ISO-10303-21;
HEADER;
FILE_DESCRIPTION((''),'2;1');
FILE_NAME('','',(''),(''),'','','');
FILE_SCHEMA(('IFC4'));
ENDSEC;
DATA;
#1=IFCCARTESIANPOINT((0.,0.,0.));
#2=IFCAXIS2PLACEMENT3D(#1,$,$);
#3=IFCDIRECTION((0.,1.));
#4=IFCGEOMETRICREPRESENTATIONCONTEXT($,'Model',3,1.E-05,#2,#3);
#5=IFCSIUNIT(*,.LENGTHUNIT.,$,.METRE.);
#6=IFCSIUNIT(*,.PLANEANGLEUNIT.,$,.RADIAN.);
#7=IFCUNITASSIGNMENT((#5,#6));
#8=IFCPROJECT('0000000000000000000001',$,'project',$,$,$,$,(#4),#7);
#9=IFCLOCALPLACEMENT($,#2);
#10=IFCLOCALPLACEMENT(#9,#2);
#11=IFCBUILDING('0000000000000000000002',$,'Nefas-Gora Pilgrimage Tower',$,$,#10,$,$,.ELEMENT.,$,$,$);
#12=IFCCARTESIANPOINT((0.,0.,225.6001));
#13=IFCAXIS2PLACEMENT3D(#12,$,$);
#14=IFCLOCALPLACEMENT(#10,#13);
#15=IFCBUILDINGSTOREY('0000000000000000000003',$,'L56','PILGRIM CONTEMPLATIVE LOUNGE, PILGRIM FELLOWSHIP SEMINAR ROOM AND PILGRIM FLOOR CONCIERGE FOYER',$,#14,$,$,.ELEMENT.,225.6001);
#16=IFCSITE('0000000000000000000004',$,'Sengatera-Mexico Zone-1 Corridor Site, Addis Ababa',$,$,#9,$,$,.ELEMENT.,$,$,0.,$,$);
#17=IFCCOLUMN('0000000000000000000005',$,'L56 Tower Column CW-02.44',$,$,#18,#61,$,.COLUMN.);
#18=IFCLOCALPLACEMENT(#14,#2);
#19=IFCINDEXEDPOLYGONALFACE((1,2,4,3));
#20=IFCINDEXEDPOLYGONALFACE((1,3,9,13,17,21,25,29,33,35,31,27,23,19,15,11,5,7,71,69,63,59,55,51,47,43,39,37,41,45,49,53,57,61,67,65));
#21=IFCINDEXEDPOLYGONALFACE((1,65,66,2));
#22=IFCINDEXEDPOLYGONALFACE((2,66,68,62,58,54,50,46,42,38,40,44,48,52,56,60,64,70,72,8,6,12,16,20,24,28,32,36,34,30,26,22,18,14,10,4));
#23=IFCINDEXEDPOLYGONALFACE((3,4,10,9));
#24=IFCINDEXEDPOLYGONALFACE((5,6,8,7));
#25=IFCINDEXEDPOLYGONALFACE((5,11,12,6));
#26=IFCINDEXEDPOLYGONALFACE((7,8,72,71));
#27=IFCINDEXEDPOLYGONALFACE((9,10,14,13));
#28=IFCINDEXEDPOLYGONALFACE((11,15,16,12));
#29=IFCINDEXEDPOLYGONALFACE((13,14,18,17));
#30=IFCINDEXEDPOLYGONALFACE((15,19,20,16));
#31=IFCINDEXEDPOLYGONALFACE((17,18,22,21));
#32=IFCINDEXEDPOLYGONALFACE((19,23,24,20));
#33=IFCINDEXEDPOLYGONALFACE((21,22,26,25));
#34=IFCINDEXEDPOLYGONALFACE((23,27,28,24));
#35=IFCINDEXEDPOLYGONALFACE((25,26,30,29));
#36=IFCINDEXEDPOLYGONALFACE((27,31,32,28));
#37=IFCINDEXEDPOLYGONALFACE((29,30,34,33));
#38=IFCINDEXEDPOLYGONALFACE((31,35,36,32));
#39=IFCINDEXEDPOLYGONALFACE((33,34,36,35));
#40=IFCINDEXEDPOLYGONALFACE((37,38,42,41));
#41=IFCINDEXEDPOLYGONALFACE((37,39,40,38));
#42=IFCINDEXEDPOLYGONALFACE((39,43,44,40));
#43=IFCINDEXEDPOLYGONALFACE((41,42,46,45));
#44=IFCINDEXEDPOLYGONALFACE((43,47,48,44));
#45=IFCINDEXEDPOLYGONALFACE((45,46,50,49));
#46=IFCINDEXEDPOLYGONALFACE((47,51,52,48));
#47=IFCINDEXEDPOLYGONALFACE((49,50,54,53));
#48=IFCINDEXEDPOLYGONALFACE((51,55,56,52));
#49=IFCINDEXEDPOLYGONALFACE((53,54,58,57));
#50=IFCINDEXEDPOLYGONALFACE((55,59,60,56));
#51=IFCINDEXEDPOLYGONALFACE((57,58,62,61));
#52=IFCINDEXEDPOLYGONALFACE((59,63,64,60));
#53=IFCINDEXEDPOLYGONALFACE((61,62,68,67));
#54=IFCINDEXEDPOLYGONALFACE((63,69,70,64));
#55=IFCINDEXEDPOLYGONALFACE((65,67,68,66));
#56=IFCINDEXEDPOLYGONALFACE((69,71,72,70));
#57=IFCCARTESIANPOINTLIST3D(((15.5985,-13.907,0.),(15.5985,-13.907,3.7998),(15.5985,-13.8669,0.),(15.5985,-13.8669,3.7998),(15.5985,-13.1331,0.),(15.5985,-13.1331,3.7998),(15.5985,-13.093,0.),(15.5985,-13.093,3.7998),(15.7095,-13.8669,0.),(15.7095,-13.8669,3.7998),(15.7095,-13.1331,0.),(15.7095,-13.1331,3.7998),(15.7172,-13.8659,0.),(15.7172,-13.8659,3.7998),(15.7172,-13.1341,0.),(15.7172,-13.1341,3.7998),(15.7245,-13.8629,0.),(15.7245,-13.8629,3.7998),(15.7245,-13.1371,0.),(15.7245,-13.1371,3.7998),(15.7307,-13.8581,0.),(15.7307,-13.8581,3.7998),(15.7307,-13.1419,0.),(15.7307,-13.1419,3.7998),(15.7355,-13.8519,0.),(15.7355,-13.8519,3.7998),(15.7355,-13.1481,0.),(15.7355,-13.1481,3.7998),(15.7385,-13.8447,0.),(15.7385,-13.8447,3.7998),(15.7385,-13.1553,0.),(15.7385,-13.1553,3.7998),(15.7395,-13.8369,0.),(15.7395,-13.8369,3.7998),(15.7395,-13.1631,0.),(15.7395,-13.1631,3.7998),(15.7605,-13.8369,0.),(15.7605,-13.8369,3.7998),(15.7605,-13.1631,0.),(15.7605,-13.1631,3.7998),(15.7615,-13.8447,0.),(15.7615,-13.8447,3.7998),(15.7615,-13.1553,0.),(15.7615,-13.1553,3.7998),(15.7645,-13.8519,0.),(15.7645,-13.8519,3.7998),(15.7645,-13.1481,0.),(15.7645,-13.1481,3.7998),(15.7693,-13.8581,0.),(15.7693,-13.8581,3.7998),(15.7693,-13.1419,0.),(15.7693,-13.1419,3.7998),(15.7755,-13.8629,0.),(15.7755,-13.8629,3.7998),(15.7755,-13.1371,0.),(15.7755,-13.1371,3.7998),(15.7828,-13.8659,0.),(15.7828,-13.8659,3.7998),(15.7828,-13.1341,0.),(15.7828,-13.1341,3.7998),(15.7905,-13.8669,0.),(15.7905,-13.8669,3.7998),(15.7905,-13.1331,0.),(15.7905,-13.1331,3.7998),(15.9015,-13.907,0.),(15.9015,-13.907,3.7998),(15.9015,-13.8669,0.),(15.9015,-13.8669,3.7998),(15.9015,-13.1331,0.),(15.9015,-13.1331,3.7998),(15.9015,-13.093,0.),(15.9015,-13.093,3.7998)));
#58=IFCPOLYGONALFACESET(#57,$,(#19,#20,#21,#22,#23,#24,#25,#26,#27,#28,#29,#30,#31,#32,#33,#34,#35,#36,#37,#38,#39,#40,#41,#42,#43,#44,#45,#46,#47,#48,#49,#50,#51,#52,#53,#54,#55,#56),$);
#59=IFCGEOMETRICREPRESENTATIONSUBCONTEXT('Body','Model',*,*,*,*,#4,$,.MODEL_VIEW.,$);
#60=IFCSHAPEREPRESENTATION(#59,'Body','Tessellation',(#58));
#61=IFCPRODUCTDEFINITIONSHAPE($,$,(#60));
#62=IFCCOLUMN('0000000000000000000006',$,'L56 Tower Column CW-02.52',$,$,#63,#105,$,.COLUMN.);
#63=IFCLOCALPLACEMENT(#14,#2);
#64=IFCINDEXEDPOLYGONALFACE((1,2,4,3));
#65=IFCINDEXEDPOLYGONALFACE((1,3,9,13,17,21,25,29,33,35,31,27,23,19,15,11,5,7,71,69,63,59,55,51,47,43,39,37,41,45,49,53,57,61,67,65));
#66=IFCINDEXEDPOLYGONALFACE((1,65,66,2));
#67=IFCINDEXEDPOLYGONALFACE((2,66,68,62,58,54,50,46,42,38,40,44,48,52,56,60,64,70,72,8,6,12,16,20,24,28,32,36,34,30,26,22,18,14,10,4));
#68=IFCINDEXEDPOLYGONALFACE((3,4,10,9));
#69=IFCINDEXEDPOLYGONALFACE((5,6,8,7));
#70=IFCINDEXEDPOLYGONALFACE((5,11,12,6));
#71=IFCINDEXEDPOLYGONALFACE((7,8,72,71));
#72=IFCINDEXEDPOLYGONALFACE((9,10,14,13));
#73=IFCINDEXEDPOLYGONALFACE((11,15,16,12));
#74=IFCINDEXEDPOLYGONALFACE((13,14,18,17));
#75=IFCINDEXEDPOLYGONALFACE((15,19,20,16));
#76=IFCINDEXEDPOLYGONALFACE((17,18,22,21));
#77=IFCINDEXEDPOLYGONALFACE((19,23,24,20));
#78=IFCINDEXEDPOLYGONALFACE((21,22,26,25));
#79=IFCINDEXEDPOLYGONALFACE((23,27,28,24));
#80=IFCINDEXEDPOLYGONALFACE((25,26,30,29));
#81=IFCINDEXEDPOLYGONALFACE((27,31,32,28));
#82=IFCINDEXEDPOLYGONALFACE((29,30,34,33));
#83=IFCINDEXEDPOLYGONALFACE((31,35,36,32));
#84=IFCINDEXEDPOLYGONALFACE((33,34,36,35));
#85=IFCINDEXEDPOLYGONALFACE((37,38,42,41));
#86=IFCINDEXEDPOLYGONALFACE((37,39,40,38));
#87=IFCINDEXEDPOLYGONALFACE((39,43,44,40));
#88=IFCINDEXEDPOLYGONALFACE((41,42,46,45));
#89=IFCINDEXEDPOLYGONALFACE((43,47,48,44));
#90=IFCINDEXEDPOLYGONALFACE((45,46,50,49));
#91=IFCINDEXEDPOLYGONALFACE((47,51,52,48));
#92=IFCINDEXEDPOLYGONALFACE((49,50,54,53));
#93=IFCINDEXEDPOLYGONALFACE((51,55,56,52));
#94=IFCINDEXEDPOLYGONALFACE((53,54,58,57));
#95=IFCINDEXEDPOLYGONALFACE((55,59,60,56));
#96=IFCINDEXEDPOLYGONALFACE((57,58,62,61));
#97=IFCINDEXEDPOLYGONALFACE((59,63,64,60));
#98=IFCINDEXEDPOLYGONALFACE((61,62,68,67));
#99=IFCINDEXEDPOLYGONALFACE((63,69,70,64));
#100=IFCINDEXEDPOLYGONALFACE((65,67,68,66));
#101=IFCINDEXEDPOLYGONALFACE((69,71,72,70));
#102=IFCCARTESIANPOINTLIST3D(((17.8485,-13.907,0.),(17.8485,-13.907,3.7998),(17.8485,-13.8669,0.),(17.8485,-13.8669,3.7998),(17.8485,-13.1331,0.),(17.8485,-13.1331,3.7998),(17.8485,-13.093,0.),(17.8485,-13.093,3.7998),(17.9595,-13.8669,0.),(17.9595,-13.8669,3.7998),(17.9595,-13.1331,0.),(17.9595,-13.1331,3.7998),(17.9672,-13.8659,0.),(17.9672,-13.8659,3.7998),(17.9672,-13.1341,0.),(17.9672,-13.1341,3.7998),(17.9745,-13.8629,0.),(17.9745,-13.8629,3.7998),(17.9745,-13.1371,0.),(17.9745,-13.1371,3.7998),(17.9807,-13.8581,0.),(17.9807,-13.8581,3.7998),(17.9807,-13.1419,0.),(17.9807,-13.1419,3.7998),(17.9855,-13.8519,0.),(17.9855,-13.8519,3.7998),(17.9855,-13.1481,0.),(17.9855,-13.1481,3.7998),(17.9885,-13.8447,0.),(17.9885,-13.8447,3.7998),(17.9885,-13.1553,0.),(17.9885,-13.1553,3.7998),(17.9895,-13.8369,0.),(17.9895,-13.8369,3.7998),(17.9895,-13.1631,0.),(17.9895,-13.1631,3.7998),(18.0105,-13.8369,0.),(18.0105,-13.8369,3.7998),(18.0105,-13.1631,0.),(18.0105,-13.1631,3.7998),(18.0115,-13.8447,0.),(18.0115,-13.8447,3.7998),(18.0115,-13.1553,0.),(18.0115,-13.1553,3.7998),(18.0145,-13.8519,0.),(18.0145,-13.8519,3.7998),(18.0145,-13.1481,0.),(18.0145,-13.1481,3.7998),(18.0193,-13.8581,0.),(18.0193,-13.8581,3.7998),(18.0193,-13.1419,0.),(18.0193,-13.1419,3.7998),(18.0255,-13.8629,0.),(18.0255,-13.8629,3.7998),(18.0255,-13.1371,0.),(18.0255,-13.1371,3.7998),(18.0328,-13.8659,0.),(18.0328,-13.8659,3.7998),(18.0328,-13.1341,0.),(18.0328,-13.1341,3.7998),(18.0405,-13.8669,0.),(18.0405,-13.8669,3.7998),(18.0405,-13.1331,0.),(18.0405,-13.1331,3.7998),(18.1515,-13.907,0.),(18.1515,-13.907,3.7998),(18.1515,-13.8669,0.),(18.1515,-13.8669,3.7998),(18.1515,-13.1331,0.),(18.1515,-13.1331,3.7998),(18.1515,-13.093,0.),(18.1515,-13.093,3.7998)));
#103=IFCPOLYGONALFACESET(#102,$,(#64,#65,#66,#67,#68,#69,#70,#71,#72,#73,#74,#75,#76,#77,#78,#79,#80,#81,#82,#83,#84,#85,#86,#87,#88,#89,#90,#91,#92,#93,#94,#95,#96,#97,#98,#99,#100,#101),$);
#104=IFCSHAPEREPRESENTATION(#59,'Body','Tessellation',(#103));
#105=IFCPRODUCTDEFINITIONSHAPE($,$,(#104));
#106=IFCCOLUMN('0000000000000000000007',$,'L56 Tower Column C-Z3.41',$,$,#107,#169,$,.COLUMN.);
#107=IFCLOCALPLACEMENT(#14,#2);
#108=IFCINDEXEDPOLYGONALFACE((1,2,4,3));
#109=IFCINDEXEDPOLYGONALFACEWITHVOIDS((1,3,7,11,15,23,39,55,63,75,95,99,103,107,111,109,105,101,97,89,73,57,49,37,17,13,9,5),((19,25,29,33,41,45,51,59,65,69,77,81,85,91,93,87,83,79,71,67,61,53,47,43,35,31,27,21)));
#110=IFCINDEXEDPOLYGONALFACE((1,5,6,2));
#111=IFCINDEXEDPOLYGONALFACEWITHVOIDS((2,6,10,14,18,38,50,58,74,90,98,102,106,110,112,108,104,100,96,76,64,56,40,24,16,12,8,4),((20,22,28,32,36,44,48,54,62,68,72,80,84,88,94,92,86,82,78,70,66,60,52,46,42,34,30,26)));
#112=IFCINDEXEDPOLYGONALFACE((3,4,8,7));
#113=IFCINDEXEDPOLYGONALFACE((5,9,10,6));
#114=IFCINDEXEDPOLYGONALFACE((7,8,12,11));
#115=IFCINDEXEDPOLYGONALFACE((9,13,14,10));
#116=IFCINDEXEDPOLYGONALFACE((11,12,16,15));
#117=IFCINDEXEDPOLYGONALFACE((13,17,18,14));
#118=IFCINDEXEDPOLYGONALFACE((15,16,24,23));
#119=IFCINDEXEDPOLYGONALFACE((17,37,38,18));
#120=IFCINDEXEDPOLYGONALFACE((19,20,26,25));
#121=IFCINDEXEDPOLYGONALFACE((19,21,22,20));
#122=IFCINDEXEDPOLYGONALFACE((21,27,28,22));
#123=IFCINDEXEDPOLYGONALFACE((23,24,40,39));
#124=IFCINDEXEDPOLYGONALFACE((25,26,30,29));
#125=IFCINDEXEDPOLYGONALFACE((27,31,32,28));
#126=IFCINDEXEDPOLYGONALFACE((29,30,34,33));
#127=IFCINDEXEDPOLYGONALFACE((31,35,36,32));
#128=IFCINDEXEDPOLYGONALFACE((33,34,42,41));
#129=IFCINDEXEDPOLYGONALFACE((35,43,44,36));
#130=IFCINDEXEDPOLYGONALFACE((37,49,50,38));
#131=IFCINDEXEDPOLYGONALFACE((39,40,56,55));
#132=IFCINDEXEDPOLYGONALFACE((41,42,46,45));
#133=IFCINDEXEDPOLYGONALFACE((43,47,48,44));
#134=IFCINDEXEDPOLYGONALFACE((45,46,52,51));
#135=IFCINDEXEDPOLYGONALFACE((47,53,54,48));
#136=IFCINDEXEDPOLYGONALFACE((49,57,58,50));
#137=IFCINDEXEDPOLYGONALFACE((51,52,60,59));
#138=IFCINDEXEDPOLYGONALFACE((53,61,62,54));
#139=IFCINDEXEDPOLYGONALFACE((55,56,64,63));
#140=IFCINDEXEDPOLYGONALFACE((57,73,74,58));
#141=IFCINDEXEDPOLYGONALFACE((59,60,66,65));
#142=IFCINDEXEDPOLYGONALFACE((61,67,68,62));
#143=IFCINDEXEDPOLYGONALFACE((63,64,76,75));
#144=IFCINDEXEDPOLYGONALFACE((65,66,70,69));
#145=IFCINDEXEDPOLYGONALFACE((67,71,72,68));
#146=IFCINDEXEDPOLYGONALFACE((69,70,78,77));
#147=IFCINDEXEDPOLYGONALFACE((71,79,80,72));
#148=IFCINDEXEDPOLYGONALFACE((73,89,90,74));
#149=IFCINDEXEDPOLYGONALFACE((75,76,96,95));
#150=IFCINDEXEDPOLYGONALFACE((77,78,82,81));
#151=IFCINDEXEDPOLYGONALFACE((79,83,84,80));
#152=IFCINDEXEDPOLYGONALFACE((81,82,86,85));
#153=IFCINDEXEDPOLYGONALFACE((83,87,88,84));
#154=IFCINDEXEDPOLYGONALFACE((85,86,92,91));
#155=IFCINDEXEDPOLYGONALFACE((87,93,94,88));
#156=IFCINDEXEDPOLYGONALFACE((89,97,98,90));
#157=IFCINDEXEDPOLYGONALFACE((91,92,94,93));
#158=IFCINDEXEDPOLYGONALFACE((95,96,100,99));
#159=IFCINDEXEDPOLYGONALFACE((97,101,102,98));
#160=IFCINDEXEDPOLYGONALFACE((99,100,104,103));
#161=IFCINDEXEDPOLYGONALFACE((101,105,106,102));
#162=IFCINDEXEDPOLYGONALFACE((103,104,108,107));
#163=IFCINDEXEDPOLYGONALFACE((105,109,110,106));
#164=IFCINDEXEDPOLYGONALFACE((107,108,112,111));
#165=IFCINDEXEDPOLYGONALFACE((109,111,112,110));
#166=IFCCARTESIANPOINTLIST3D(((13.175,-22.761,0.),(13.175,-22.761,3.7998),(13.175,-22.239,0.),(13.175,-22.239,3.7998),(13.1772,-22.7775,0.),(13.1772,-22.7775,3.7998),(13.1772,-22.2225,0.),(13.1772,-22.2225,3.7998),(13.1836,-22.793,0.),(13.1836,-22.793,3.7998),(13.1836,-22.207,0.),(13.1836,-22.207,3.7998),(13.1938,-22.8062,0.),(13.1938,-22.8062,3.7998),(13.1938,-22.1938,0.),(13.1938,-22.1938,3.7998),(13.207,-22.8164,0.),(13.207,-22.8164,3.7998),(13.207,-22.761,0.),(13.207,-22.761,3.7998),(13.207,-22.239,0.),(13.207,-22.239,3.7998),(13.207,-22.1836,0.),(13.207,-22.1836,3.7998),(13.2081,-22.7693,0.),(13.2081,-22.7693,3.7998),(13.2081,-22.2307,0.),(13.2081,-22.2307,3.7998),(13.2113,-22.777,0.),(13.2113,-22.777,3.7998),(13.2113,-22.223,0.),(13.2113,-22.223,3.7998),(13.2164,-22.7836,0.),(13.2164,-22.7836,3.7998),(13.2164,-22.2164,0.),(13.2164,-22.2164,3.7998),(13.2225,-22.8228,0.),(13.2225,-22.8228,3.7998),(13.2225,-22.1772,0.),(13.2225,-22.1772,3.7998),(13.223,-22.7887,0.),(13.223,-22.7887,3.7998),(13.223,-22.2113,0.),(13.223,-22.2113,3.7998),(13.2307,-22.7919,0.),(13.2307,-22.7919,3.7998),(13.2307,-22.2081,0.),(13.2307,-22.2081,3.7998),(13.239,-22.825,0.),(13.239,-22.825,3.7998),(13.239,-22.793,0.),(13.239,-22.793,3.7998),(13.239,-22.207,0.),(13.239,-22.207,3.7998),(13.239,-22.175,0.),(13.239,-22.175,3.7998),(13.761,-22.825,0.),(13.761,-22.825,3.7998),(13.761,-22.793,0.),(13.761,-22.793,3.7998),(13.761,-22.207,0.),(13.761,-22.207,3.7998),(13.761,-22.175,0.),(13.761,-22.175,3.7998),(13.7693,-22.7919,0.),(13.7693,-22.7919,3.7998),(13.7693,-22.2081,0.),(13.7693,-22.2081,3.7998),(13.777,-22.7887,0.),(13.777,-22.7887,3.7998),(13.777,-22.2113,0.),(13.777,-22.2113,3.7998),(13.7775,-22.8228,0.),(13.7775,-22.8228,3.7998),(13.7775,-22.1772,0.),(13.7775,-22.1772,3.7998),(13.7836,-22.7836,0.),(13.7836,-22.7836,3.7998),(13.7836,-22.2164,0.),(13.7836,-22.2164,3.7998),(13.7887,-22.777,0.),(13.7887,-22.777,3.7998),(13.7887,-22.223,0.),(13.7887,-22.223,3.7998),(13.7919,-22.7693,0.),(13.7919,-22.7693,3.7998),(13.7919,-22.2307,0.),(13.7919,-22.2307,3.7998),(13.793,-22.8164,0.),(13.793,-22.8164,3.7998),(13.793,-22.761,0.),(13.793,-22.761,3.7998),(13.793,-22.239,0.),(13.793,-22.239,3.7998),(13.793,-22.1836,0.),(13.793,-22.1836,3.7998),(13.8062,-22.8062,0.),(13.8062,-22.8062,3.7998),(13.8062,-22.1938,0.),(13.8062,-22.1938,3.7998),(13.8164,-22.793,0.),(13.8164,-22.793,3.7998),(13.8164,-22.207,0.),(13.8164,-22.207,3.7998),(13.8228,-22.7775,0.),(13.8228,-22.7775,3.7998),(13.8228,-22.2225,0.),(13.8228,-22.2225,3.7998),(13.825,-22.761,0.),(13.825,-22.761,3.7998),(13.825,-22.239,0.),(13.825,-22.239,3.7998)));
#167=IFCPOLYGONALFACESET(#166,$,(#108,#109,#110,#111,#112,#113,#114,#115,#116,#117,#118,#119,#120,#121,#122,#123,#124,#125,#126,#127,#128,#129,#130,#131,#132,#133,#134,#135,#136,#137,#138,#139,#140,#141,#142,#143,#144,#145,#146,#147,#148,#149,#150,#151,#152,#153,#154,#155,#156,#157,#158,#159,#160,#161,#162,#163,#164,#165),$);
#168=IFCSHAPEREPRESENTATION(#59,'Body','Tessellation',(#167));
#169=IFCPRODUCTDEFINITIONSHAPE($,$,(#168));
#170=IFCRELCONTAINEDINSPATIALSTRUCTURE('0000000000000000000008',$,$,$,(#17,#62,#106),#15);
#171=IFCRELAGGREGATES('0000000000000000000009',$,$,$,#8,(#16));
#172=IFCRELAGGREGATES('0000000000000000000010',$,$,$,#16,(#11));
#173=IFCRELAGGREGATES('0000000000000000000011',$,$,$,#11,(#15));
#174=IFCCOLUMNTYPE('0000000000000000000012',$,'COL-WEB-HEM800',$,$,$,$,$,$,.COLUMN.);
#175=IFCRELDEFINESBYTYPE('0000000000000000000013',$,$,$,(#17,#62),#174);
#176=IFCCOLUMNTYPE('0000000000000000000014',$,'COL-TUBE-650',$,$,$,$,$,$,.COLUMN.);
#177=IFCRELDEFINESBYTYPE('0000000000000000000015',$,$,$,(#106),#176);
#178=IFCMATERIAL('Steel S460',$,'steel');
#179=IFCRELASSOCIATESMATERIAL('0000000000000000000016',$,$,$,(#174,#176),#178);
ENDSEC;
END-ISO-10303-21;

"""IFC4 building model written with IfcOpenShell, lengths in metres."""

from ifc_helpers import new_model, si_unit, direction, frame, origin, origin_2d, place, context, subcontext, project, spatial, hollow_rectangle, i_section, extrude, source, transform, mapped, material, material_profile, profile_set, type_object, element, save


model = new_model("IFC4")

# Units and contexts
model_context = context("Model", 3, precision=1e-05, world=origin(), true_north=direction((0.0, 1.0)))
body_context = subcontext(model_context, "Body", "Model", "MODEL_VIEW")
ifc_project = project(units=[si_unit("LENGTHUNIT", "METRE"), si_unit("PLANEANGLEUNIT", "RADIAN")], contexts=[model_context])

# Site, building, storey
site_placement = place(None, origin())
site = spatial("IfcSite", under=ifc_project, at=site_placement, Name="Sengatera-Mexico Zone-1 Corridor Site, Addis Ababa", CompositionType="ELEMENT", RefElevation=0.0)
building_placement = place(site_placement, origin())
building = spatial("IfcBuilding", under=site, at=building_placement, Name="Nefas-Gora Pilgrimage Tower", CompositionType="ELEMENT")
storey_placement = place(building_placement, frame((0.0, 0.0, 225.6001)))
storey = spatial("IfcBuildingStorey", under=building, at=storey_placement, Name="L56", Description="PILGRIM CONTEMPLATIVE LOUNGE, PILGRIM FELLOWSHIP SEMINAR ROOM AND PILGRIM FLOOR CONCIERGE FOYER", CompositionType="ELEMENT", Elevation=225.6001)

# Columns
ifc_material_1 = material(Name="Steel S460", Category="steel")
ifc_material_profile_1 = material_profile(ifc_material_1, i_section(OverallWidth=0.303, OverallDepth=0.814, WebThickness=0.021, FlangeThickness=0.04, FilletRadius=0.03, at=origin_2d()), Name="HEM 800")
ifc_profile_set_1 = profile_set([ifc_material_profile_1], Name="Steel S460")
column_type_1 = type_object("IfcColumnType", Name="COL-WEB-HEM800", PredefinedType="COLUMN", material=ifc_profile_set_1)
shared_shape_1 = source(origin(), body_context, "Body", "SweptSolid", [
    extrude(i_section(OverallWidth=0.303, OverallDepth=0.814, WebThickness=0.021, FlangeThickness=0.04, FilletRadius=0.03, at=origin_2d()), origin(), (0.0, 0.0, 1.0), 3.7998),
])
for number, where, z_axis, x_axis, name in (
    (1, (15.75, -13.5, 0.0), (0.0, 0.0, 1.0), (1.0, 0.0, 0.0), "L56 Tower Column CW-02.44"),
    (2, (18.0, -13.5, 0.0), (0.0, 0.0, 1.0), (1.0, 0.0, 0.0), "L56 Tower Column CW-02.52"),
):
    element("IfcColumn", number, at=place(storey_placement, frame(where, z_axis=z_axis, x_axis=x_axis)), inside=storey, type_object=column_type_1, Name=name, PredefinedType="COLUMN", context=body_context, shape_type="MappedRepresentation", body=[
        mapped(shared_shape_1, transform((0.0, 0.0, 0.0), x_axis=(1.0, 0.0, 0.0), y_axis=(0.0, 1.0, 0.0), z_axis=(0.0, 0.0, 1.0), scale=1.0)),
    ])
ifc_material_profile_2 = material_profile(ifc_material_1, hollow_rectangle(XDim=0.6499, YDim=0.6499, WallThickness=0.032, InnerFilletRadius=0.032, OuterFilletRadius=0.064, at=origin_2d()), Name="BOX 650x650x32")
ifc_profile_set_2 = profile_set([ifc_material_profile_2], Name="Steel S460")
column_type_2 = type_object("IfcColumnType", Name="COL-TUBE-650", PredefinedType="COLUMN", material=ifc_profile_set_2)
shared_shape_2 = source(origin(), body_context, "Body", "SweptSolid", [
    extrude(hollow_rectangle(XDim=0.6499, YDim=0.6499, WallThickness=0.032, InnerFilletRadius=0.032, OuterFilletRadius=0.064, at=origin_2d()), origin(), (0.0, 0.0, 1.0), 3.7998),
])
for number, where, z_axis, x_axis, name in (
    (3, (13.5, -22.5, 0.0), (0.0, 0.0, 1.0), (1.0, 0.0, 0.0), "L56 Tower Column C-Z3.41"),
):
    element("IfcColumn", number, at=place(storey_placement, frame(where, z_axis=z_axis, x_axis=x_axis)), inside=storey, type_object=column_type_2, Name=name, PredefinedType="COLUMN", context=body_context, shape_type="MappedRepresentation", body=[
        mapped(shared_shape_2, transform((0.0, 0.0, 0.0), x_axis=(1.0, 0.0, 0.0), y_axis=(0.0, 1.0, 0.0), z_axis=(0.0, 0.0, 1.0), scale=1.0)),
    ])

save(model, "model.ifc")
